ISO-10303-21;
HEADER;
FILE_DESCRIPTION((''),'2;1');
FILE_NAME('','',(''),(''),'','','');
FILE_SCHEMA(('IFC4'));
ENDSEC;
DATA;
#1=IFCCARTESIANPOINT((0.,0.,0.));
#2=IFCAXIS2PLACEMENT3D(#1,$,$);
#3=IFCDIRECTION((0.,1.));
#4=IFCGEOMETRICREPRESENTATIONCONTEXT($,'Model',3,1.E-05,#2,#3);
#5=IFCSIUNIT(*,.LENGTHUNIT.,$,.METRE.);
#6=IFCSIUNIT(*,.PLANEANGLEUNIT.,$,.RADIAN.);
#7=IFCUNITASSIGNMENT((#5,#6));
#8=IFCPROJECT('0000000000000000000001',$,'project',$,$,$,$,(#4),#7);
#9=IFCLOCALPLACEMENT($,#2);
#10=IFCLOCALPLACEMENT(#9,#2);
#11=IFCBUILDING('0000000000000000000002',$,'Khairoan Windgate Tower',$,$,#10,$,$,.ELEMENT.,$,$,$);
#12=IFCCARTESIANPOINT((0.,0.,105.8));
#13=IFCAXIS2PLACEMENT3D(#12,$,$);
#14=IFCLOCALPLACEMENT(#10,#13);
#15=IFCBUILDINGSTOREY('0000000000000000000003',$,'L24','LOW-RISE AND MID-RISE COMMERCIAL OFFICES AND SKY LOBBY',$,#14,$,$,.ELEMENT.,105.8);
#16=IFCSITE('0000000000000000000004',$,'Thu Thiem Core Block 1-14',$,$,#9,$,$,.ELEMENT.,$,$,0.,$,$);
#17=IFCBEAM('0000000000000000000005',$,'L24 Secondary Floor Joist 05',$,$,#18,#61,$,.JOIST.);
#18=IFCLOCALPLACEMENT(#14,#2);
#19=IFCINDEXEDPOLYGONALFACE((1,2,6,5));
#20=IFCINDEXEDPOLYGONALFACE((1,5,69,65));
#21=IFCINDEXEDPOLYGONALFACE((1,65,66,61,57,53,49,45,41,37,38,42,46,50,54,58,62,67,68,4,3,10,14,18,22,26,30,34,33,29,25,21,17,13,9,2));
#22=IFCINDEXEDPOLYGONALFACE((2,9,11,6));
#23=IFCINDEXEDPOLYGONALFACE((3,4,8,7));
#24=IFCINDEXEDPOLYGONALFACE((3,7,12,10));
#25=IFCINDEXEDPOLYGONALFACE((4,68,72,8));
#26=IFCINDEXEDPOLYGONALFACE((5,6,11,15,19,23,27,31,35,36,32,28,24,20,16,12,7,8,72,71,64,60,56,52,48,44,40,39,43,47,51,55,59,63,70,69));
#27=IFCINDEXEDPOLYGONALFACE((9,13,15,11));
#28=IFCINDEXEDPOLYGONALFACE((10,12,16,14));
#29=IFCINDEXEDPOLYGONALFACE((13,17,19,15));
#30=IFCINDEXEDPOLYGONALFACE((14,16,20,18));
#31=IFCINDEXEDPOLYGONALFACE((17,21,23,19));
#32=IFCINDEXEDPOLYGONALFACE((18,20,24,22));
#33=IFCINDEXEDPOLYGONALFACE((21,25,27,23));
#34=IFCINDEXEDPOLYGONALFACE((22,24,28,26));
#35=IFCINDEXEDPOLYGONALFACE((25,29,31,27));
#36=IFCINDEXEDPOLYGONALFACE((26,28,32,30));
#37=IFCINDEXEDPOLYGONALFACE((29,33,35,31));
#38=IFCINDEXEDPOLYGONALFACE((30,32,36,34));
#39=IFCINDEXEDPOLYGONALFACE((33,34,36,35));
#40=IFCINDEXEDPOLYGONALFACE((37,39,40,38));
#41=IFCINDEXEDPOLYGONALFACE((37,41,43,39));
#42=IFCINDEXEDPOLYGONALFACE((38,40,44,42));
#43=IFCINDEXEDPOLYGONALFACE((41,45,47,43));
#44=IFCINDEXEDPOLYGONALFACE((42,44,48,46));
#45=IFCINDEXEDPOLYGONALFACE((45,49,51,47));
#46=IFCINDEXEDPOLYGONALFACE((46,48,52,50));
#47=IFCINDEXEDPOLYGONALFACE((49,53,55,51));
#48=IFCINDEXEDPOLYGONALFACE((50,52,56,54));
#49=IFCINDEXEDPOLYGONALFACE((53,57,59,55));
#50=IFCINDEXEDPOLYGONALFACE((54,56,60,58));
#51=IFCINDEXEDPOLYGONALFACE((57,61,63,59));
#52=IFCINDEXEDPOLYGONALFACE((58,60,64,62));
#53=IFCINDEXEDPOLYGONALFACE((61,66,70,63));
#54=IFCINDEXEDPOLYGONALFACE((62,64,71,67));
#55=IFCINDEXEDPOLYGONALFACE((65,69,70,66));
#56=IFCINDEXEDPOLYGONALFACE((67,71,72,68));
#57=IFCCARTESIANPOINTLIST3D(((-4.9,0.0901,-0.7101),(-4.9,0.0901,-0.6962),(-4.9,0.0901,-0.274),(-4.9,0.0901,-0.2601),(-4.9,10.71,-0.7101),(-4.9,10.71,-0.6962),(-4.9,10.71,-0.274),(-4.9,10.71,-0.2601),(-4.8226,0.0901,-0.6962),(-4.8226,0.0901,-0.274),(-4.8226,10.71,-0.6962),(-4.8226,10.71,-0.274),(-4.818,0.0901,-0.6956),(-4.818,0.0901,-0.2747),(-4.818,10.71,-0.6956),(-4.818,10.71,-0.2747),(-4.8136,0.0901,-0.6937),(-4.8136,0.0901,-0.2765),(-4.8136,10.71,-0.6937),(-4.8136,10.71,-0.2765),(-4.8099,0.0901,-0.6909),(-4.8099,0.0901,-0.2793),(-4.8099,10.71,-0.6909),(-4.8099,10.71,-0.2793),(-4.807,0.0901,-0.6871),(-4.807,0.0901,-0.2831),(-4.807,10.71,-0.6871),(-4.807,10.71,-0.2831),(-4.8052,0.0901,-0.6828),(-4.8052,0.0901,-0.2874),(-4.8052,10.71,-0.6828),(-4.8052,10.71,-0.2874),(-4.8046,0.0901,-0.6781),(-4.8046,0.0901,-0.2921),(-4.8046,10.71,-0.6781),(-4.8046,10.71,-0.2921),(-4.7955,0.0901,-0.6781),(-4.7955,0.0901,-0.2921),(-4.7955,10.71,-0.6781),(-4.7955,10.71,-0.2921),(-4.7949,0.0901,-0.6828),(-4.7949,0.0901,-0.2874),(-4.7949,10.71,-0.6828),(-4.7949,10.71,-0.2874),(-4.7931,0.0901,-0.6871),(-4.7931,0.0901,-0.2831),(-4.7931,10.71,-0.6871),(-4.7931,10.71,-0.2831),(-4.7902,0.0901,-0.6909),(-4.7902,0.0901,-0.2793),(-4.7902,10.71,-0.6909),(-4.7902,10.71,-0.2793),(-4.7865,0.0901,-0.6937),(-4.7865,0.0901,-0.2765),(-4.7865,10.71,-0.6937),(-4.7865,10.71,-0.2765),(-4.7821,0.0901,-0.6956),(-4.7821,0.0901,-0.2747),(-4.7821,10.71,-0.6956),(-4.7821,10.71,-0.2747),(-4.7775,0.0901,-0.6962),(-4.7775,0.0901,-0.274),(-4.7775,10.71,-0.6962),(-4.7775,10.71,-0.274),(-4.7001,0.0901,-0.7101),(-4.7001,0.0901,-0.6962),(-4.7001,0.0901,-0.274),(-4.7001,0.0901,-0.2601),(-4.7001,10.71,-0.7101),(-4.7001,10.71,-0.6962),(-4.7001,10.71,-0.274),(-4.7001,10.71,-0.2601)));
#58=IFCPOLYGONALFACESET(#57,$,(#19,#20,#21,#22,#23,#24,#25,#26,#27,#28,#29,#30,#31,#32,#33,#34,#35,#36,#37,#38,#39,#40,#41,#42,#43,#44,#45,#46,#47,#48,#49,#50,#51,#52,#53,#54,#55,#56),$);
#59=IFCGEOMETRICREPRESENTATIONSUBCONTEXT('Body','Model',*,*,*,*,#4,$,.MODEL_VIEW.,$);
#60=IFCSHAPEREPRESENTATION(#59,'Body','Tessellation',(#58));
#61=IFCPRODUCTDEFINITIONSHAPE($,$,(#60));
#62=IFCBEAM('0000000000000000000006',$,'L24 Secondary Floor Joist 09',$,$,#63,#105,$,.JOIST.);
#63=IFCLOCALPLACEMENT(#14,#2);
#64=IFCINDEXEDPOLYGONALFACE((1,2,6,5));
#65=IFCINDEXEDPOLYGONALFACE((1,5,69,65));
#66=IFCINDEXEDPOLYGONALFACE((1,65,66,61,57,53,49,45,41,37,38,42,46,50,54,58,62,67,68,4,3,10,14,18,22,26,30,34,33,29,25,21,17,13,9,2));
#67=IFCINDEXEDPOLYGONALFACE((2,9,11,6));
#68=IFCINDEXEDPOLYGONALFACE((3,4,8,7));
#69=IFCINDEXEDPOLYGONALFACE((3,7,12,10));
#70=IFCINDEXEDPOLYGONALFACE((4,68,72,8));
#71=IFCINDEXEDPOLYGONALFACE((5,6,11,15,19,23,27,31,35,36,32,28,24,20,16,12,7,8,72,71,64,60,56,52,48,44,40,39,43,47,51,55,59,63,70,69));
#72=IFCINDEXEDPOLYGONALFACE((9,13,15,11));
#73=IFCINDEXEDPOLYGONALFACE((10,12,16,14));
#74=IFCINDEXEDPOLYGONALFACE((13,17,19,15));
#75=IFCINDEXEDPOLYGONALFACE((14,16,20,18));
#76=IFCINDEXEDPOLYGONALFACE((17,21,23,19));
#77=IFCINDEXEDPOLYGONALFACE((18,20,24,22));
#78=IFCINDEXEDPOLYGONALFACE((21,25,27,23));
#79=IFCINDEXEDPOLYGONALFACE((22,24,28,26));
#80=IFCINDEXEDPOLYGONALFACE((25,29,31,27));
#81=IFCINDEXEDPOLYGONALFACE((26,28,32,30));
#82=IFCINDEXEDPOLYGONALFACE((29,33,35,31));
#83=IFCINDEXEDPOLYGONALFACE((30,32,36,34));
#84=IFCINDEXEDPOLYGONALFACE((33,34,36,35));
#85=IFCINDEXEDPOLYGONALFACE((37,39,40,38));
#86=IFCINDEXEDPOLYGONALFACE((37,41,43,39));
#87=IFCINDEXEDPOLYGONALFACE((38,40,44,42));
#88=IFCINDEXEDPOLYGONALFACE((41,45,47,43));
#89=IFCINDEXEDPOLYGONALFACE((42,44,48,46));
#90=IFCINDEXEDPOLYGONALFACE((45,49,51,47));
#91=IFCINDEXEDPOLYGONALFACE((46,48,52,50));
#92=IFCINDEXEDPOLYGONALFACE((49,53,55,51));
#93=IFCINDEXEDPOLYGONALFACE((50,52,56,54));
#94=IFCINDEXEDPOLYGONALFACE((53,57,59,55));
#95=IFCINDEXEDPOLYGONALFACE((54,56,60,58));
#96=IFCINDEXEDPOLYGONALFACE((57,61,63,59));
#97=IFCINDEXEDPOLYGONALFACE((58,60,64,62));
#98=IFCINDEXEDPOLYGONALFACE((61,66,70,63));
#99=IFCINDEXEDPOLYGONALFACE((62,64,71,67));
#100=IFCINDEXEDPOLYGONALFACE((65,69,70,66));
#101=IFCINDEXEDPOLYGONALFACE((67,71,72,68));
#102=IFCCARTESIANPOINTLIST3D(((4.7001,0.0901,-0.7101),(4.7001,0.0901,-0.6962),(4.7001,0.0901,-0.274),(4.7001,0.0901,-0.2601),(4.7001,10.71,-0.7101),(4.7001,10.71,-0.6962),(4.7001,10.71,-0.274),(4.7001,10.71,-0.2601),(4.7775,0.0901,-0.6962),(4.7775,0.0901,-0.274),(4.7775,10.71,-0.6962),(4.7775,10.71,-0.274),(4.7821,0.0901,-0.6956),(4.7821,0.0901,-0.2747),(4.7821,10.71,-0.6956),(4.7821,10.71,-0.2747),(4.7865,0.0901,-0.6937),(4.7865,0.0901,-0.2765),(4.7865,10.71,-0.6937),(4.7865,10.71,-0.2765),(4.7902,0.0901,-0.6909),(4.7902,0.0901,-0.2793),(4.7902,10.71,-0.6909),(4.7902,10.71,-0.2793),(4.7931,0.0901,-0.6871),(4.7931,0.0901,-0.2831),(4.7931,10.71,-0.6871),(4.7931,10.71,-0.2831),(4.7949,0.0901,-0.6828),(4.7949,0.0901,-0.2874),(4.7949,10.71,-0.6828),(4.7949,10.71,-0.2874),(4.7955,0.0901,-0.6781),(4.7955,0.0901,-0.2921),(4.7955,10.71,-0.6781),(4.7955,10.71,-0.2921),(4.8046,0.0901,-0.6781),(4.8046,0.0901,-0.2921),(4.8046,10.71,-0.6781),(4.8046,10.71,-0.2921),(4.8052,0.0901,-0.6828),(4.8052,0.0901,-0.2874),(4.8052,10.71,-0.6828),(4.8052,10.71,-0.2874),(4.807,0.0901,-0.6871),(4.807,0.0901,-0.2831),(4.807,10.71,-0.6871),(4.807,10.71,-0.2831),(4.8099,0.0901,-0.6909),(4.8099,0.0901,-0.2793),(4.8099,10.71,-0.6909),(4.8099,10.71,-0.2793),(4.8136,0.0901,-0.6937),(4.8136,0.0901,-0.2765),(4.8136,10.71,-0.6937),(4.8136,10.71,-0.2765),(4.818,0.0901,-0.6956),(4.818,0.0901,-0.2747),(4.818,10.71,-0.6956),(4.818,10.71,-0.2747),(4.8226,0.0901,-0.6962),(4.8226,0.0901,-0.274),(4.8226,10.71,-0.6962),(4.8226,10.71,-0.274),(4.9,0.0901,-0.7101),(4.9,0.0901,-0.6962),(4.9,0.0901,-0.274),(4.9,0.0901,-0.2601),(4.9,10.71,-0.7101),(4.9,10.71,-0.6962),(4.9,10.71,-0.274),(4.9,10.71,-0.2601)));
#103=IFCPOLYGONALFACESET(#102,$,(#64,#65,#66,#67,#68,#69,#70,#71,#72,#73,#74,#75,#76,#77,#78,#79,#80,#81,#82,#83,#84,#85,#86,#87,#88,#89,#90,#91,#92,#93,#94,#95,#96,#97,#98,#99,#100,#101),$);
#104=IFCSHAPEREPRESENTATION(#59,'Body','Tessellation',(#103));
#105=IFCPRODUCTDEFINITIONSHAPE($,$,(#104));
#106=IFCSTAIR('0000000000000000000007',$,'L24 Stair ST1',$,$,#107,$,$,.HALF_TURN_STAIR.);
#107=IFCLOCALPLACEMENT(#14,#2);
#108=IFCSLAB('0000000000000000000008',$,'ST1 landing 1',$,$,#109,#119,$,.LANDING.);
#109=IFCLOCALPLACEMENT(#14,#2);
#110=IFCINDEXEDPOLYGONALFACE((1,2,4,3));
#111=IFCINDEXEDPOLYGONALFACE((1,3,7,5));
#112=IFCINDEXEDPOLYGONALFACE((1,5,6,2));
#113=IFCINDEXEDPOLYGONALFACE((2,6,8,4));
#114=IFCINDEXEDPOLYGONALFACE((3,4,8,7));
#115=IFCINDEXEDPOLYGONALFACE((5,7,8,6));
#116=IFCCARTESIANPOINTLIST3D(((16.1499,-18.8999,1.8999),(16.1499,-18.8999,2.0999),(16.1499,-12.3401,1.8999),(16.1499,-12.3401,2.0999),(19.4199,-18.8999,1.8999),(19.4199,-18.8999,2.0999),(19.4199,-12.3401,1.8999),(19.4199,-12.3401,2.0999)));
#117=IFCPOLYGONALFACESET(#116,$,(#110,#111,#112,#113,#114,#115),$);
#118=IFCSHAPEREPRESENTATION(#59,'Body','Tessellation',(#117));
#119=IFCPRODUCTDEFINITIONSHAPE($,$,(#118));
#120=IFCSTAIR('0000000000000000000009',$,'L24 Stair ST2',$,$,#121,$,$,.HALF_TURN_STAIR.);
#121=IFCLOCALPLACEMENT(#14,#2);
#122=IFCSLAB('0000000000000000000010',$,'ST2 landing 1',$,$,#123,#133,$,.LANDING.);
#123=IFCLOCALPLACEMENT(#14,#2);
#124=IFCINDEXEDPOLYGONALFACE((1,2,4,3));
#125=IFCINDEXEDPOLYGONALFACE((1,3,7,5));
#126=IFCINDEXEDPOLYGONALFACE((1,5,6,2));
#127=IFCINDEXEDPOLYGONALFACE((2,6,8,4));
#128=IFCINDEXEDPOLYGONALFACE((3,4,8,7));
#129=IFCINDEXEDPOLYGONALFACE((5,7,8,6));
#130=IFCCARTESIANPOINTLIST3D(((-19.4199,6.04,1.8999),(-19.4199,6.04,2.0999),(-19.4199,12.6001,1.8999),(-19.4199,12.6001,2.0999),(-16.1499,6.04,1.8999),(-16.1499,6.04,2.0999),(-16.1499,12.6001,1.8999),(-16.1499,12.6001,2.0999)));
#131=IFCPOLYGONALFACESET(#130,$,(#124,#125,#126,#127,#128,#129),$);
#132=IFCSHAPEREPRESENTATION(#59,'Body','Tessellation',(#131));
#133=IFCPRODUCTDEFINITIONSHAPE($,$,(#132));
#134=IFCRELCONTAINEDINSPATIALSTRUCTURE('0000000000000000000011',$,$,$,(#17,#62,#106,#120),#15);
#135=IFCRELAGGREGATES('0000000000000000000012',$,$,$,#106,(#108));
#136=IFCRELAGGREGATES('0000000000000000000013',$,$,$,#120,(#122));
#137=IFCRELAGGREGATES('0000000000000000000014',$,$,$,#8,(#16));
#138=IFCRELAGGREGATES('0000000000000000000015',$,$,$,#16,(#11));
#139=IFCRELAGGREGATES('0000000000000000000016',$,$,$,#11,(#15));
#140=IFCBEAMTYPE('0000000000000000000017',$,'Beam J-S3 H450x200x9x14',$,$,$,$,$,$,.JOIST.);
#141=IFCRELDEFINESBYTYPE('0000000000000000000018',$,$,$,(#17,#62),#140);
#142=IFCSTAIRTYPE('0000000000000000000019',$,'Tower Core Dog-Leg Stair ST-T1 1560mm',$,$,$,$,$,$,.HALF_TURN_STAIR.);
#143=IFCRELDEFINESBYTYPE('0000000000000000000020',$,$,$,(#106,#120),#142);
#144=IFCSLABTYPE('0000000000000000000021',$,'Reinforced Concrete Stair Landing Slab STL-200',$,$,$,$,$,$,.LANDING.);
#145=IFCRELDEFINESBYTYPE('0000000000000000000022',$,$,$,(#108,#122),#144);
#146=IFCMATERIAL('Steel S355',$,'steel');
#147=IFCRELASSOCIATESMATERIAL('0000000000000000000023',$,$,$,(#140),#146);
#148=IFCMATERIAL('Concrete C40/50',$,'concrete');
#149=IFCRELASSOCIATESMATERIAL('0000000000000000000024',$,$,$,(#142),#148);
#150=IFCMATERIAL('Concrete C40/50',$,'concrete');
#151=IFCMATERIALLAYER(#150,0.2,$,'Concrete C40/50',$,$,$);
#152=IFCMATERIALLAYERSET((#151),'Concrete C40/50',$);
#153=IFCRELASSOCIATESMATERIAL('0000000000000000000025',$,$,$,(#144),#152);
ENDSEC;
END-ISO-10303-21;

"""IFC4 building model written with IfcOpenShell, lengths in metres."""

from ifc_helpers import new_model, si_unit, direction, frame, origin, origin_2d, place, context, subcontext, project, spatial, polyline, i_section, outline, extrude, material, layer, layer_set, material_profile, profile_set, type_object, element, aggregate, save


model = new_model("IFC4")

# Units and contexts
model_context = context("Model", 3, precision=1e-05, world=origin(), true_north=direction((0.0, 1.0)))
body_context = subcontext(model_context, "Body", "Model", "MODEL_VIEW")
ifc_project = project(units=[si_unit("LENGTHUNIT", "METRE"), si_unit("PLANEANGLEUNIT", "RADIAN")], contexts=[model_context])

# Site, building, storey
site_placement = place(None, origin())
site = spatial("IfcSite", under=ifc_project, at=site_placement, Name="Thu Thiem Core Block 1-14", CompositionType="ELEMENT", RefElevation=0.0)
building_placement = place(site_placement, origin())
building = spatial("IfcBuilding", under=site, at=building_placement, Name="Khairoan Windgate Tower", CompositionType="ELEMENT")
storey_placement = place(building_placement, frame((0.0, 0.0, 105.8)))
storey = spatial("IfcBuildingStorey", under=building, at=storey_placement, Name="L24", Description="LOW-RISE AND MID-RISE COMMERCIAL OFFICES AND SKY LOBBY", CompositionType="ELEMENT", Elevation=105.8)

# Beams
ifc_material_1 = material(Name="Steel S355", Category="steel")
ifc_material_profile_1 = material_profile(ifc_material_1, i_section(OverallWidth=0.2, OverallDepth=0.45, WebThickness=0.009, FlangeThickness=0.0139, FilletRadius=0.0181, at=origin_2d()))
ifc_profile_set_1 = profile_set([ifc_material_profile_1], Name="Steel S355")
beam_type_1 = type_object("IfcBeamType", Name="Beam J-S3 H450x200x9x14", PredefinedType="JOIST", material=ifc_profile_set_1)
for number, where, z_axis, x_axis, name in (
    (1, (-4.8, 0.0901, -0.4851), (0.0, 1.0, 0.0), (-1.0, 0.0, 0.0), "L24 Secondary Floor Joist 05"),
    (2, (4.8, 0.0901, -0.4851), (0.0, 1.0, 0.0), (-1.0, 0.0, 0.0), "L24 Secondary Floor Joist 09"),
):
    element("IfcBeam", number, at=place(storey_placement, frame(where, z_axis=z_axis, x_axis=x_axis)), inside=storey, type_object=beam_type_1, Name=name, PredefinedType="JOIST", context=body_context, shape_type="SweptSolid", body=[
        extrude(i_section(OverallWidth=0.2, OverallDepth=0.45, WebThickness=0.009, FlangeThickness=0.0139, FilletRadius=0.0181, at=origin_2d()), origin(), (0.0, 0.0, 1.0), 10.6199),
    ])

# Stairs, slabs
ifc_material_2 = material(Name="Concrete C40/50", Category="concrete")
stair_type = type_object("IfcStairType", Name="Tower Core Dog-Leg Stair ST-T1 1560mm", PredefinedType="HALF_TURN_STAIR", material=ifc_material_2)
stair_1_placement = place(storey_placement, origin())
stair_1 = element("IfcStair", 3, at=stair_1_placement, inside=storey, type_object=stair_type, Name="L24 Stair ST1", PredefinedType="HALF_TURN_STAIR")
ifc_material_3 = material(Name="Concrete C40/50", Category="concrete")
ifc_layer_1 = layer(ifc_material_3, 0.2, Name="Concrete C40/50")
ifc_layer_set_1 = layer_set([ifc_layer_1], Name="Concrete C40/50")
slab_type_1 = type_object("IfcSlabType", Name="Reinforced Concrete Stair Landing Slab STL-200", PredefinedType="LANDING", material=ifc_layer_set_1)
slab_1_placement = place(storey_placement, frame((0.0, 0.0, 1.8999)))
slab_1 = element("IfcSlab", 4, at=slab_1_placement, type_object=slab_type_1, Name="ST1 landing 1", PredefinedType="LANDING", context=body_context, shape_type="SweptSolid", body=[
    extrude(outline(polyline([(16.1499, -12.3401), (16.1499, -18.8999), (19.4199, -18.8999), (19.4199, -12.3401), (16.1499, -12.3401)])), origin(), (0.0, 0.0, 1.0), 0.2),
])
aggregate(stair_1, [slab_1])
stair_2_placement = place(storey_placement, origin())
stair_2 = element("IfcStair", 5, at=stair_2_placement, inside=storey, type_object=stair_type, Name="L24 Stair ST2", PredefinedType="HALF_TURN_STAIR")
slab_2_placement = place(storey_placement, frame((0.0, 0.0, 1.8999)))
slab_2 = element("IfcSlab", 6, at=slab_2_placement, type_object=slab_type_1, Name="ST2 landing 1", PredefinedType="LANDING", context=body_context, shape_type="SweptSolid", body=[
    extrude(outline(polyline([(-16.1499, 6.04), (-16.1499, 12.6001), (-19.4199, 12.6001), (-19.4199, 6.04), (-16.1499, 6.04)])), origin(), (0.0, 0.0, 1.0), 0.2),
])
aggregate(stair_2, [slab_2])

save(model, "model.ifc")
